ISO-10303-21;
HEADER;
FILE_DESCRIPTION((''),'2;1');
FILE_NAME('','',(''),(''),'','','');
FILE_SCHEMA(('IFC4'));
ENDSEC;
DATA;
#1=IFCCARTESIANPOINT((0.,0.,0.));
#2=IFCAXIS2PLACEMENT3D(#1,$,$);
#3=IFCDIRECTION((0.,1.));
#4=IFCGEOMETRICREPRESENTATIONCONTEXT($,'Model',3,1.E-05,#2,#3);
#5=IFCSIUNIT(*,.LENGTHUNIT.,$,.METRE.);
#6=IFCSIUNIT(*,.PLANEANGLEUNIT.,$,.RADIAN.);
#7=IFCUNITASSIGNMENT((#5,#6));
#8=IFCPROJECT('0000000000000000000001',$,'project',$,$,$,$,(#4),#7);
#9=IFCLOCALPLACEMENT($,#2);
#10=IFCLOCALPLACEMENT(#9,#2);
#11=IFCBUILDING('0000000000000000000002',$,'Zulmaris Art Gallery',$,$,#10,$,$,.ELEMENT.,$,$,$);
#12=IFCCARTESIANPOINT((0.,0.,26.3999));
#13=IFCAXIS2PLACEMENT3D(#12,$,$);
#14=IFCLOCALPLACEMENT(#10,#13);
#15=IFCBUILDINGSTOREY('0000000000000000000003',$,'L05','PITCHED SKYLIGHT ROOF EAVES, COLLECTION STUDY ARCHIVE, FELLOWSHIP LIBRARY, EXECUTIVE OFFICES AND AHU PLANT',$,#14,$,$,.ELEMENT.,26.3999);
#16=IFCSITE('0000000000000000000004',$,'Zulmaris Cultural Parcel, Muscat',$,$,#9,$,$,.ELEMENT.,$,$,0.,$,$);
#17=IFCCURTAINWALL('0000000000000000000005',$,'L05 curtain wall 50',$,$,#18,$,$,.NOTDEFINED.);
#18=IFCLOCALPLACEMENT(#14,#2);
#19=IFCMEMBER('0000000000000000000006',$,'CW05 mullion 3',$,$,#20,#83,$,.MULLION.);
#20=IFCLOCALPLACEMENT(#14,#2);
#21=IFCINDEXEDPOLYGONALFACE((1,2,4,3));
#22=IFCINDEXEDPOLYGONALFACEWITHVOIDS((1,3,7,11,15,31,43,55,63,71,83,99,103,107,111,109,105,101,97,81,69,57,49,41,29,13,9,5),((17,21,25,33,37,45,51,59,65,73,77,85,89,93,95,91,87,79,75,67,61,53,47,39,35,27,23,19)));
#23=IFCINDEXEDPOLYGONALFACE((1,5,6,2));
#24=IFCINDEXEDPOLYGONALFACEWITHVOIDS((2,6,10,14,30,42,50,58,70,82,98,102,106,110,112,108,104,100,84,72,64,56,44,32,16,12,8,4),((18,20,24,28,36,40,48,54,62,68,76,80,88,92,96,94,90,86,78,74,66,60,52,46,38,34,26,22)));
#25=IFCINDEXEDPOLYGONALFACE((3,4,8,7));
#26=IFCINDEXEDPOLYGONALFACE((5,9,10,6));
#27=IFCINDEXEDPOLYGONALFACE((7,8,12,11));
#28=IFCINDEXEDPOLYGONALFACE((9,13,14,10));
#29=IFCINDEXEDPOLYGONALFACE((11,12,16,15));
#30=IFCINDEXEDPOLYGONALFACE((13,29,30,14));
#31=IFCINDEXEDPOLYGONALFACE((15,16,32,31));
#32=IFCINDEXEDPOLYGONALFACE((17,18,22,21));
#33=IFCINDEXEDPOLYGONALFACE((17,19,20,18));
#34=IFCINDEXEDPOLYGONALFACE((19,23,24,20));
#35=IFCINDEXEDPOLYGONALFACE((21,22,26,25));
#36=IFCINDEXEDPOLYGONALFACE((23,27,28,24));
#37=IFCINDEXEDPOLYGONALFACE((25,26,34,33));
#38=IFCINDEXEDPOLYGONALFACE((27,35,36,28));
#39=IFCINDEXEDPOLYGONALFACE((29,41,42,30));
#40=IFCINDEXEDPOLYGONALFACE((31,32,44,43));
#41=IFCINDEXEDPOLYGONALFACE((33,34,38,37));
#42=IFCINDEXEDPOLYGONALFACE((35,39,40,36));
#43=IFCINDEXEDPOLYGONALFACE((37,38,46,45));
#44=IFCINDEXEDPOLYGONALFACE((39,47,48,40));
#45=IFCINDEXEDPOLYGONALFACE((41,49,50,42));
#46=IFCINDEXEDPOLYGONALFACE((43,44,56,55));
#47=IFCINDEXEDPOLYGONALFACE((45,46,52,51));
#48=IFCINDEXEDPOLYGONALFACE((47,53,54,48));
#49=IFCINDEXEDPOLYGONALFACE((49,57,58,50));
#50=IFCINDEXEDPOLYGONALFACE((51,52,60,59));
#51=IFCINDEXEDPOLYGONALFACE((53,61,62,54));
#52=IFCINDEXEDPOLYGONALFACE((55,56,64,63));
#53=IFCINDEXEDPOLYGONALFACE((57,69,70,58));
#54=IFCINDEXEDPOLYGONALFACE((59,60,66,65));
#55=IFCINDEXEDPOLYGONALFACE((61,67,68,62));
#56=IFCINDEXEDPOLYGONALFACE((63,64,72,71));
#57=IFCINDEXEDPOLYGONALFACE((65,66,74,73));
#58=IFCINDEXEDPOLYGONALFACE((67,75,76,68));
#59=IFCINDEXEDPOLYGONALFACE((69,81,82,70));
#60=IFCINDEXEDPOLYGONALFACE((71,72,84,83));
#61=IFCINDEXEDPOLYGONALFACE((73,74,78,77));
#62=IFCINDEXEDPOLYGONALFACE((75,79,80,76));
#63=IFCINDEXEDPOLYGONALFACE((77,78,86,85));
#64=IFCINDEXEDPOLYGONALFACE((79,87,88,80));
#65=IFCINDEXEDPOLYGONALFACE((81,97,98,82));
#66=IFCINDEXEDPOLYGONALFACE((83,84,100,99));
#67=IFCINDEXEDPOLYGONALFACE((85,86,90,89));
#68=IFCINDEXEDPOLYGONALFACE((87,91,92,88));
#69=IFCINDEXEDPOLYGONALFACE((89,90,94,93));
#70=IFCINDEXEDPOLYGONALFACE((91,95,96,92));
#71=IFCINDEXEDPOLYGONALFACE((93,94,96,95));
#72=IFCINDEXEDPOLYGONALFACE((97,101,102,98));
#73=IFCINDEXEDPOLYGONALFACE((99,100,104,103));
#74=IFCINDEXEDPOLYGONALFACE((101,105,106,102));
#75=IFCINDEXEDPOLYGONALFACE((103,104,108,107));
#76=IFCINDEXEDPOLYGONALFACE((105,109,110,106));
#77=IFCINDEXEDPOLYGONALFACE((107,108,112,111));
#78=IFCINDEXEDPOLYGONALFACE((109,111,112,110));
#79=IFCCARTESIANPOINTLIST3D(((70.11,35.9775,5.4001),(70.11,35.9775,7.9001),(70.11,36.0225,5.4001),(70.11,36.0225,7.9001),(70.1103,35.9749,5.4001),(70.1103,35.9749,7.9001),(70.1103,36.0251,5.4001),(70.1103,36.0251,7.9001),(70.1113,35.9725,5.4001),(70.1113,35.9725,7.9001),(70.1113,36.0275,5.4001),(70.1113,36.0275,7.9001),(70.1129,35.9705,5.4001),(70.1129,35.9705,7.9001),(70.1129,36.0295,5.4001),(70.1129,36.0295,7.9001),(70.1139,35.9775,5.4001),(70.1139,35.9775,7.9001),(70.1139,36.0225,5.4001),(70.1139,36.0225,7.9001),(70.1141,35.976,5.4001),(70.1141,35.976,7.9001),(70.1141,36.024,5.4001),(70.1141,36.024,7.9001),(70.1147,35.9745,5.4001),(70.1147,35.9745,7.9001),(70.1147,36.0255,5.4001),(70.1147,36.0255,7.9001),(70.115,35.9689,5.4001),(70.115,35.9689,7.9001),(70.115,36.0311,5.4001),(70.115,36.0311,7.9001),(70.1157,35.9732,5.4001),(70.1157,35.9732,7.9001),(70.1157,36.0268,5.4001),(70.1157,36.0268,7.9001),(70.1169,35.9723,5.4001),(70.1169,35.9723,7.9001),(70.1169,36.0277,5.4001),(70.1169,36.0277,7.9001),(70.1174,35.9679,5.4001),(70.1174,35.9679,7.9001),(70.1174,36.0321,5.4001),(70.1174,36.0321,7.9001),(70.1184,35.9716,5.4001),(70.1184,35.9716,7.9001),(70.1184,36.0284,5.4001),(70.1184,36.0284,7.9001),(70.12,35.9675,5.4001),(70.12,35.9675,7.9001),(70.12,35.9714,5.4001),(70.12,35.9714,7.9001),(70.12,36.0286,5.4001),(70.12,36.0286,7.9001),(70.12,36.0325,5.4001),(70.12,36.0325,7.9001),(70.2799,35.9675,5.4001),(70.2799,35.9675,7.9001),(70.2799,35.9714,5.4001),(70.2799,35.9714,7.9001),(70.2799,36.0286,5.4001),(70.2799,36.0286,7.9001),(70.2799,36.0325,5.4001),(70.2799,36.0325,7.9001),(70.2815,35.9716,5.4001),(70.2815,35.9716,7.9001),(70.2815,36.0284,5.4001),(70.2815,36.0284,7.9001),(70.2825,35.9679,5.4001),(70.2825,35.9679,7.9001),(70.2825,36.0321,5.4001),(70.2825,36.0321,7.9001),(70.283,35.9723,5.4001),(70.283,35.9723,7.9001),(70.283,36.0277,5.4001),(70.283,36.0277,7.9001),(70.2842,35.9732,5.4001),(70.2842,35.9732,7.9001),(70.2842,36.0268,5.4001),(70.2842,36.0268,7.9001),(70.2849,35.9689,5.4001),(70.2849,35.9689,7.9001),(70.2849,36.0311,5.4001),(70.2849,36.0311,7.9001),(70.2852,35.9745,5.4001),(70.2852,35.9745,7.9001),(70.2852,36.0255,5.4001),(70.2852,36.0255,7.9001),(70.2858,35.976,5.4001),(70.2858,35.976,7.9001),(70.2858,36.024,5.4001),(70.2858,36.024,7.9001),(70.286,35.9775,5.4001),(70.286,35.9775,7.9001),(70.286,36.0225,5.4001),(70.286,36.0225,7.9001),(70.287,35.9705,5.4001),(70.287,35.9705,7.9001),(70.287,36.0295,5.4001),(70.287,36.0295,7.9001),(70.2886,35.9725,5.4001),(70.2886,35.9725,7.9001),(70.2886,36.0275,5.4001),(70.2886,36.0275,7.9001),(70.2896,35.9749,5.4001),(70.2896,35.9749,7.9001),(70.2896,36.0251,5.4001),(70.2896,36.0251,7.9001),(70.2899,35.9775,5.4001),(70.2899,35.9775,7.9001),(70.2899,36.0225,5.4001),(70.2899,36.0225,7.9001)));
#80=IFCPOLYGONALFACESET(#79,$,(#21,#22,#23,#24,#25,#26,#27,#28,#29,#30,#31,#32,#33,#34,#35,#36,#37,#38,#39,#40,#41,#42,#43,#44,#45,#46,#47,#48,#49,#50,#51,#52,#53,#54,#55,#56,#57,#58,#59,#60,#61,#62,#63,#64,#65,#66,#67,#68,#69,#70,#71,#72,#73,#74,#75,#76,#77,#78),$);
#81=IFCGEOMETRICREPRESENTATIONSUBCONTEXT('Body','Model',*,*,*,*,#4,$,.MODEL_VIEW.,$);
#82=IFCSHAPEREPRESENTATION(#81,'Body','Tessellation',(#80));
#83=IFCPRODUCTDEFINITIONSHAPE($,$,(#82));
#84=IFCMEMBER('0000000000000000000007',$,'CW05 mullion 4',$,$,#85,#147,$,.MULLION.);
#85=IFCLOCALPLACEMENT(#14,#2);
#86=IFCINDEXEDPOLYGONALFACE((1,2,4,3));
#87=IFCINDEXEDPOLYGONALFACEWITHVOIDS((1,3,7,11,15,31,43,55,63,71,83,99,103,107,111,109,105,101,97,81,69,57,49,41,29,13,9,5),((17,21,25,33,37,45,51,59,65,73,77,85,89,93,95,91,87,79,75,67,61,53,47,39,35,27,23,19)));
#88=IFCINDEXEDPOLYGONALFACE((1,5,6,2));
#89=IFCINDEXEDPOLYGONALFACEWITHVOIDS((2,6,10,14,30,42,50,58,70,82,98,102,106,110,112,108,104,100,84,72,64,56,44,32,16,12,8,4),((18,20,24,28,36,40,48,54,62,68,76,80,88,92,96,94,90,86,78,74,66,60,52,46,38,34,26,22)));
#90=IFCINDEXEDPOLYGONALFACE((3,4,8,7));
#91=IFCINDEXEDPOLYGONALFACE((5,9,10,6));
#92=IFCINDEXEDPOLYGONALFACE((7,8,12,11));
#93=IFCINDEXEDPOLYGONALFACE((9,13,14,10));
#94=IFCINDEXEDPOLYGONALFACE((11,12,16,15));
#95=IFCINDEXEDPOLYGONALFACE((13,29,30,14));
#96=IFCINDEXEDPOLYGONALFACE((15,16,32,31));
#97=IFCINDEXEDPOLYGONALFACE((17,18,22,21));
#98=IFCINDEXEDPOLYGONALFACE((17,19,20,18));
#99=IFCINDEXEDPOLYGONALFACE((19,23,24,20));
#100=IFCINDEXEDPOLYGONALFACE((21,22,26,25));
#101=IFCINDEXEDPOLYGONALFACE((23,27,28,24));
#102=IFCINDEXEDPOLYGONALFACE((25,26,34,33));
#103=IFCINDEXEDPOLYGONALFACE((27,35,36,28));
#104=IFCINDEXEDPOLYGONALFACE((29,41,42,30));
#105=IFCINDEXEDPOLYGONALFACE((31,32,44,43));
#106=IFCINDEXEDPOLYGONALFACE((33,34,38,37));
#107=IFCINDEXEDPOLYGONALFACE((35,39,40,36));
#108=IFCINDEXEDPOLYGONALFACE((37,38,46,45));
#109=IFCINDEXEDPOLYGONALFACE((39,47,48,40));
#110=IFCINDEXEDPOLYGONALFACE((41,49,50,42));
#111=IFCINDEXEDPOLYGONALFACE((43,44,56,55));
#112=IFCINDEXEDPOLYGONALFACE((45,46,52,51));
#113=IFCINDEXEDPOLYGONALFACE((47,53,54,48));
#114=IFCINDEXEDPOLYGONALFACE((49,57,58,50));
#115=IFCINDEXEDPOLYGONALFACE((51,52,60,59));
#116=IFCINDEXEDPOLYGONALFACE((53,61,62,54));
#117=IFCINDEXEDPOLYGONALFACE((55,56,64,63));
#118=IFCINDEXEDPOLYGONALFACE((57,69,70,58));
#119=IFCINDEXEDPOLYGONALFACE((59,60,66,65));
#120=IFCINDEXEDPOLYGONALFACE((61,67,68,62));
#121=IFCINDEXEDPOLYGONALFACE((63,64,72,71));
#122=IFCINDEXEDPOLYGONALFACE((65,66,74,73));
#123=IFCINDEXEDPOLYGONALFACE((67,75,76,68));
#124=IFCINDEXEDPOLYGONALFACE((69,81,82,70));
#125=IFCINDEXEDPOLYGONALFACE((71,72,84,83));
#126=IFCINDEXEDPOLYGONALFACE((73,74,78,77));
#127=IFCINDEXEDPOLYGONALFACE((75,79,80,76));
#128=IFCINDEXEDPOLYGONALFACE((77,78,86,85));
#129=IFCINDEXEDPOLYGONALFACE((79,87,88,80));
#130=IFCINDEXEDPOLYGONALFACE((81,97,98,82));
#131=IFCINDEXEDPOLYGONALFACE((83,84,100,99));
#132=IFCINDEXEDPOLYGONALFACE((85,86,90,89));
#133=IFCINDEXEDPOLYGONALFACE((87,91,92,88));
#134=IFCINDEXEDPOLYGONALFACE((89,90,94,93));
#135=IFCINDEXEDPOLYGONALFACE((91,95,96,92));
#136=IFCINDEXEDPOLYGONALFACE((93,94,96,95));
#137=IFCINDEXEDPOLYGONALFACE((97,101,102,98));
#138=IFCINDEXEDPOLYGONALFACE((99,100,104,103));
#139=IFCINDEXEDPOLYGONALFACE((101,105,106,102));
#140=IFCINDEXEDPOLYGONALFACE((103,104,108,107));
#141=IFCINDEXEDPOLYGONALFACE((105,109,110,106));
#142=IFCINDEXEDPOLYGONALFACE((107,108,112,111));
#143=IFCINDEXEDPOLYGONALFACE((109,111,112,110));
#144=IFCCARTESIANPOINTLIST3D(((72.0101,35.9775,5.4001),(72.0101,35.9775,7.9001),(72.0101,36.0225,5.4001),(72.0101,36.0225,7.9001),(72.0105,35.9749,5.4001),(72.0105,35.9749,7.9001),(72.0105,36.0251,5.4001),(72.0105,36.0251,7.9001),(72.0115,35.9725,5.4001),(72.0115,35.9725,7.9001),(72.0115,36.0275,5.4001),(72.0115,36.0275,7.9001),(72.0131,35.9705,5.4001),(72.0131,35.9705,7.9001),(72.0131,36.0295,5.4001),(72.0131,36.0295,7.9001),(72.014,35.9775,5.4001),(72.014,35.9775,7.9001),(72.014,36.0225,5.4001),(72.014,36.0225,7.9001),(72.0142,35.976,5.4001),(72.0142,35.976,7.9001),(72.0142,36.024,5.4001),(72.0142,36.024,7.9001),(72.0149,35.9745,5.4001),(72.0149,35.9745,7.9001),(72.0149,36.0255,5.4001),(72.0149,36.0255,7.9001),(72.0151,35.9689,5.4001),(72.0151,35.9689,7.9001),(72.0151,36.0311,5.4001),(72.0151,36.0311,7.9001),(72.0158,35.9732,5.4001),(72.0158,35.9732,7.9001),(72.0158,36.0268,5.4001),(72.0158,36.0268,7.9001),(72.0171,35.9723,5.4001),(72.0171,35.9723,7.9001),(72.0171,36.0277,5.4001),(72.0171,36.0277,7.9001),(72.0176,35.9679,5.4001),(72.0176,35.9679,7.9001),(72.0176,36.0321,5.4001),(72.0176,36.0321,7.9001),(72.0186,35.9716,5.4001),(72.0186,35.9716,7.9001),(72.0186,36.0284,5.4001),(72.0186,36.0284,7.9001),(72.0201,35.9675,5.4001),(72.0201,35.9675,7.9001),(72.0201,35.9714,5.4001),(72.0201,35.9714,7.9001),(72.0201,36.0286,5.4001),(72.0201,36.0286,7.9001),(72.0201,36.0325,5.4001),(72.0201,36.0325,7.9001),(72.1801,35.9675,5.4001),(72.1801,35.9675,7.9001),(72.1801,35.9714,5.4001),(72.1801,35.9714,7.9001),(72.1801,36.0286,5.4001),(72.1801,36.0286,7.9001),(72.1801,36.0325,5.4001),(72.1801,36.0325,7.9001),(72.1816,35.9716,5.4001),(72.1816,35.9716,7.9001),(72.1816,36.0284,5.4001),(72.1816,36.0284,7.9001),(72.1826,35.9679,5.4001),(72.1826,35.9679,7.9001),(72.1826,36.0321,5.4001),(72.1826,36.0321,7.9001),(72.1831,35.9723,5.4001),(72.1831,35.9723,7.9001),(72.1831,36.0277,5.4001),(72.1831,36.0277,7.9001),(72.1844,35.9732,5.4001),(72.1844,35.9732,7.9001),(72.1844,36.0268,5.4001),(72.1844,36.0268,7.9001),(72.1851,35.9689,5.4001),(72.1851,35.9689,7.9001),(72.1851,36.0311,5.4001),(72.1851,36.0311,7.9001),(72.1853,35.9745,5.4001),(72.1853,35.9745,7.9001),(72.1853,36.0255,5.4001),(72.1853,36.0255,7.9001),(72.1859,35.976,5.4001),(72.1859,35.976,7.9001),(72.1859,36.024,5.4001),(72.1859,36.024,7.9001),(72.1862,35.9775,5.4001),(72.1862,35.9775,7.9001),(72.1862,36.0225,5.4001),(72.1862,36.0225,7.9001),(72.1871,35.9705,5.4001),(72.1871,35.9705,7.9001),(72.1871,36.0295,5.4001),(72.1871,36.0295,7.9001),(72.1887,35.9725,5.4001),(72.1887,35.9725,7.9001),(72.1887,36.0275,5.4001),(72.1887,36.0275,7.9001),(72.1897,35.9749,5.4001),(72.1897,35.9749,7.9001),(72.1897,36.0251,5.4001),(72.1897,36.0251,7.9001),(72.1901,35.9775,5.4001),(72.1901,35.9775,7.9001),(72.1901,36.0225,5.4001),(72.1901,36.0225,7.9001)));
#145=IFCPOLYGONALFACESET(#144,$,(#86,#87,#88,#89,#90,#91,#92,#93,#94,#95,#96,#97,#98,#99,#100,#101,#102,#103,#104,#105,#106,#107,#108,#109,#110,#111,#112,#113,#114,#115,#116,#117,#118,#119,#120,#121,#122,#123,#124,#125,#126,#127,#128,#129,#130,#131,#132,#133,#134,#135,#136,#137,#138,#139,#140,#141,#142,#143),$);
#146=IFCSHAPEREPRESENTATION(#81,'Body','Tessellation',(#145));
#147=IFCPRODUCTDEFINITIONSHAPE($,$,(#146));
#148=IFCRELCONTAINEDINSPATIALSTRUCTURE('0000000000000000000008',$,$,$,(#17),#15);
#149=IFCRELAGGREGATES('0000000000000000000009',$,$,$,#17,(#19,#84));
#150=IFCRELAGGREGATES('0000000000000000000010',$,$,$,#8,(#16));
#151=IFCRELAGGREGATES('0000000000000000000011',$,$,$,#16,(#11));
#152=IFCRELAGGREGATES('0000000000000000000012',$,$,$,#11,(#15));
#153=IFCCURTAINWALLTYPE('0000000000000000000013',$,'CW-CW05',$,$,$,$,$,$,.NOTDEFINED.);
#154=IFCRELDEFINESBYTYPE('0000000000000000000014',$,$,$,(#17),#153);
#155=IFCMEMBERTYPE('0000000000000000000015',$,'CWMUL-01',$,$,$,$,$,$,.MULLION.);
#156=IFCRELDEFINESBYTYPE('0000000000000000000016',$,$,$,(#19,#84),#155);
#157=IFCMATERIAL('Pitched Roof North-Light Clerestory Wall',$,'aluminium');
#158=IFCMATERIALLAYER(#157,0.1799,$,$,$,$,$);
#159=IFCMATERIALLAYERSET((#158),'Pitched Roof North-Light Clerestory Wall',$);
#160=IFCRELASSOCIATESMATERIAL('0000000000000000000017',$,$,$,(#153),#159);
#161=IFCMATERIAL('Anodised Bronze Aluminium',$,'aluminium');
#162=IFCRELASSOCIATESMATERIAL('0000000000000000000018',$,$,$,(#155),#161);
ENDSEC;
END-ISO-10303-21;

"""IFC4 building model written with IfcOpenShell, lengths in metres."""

from ifc_helpers import new_model, si_unit, direction, frame, origin, origin_2d, place, context, subcontext, project, spatial, hollow_rectangle, extrude, material, layer, layer_set, material_profile, profile_set, type_object, element, aggregate, save


model = new_model("IFC4")

# Units and contexts
model_context = context("Model", 3, precision=1e-05, world=origin(), true_north=direction((0.0, 1.0)))
body_context = subcontext(model_context, "Body", "Model", "MODEL_VIEW")
ifc_project = project(units=[si_unit("LENGTHUNIT", "METRE"), si_unit("PLANEANGLEUNIT", "RADIAN")], contexts=[model_context])

# Site, building, storey
site_placement = place(None, origin())
site = spatial("IfcSite", under=ifc_project, at=site_placement, Name="Zulmaris Cultural Parcel, Muscat", CompositionType="ELEMENT", RefElevation=0.0)
building_placement = place(site_placement, origin())
building = spatial("IfcBuilding", under=site, at=building_placement, Name="Zulmaris Art Gallery", CompositionType="ELEMENT")
storey_placement = place(building_placement, frame((0.0, 0.0, 26.3999)))
storey = spatial("IfcBuildingStorey", under=building, at=storey_placement, Name="L05", Description="PITCHED SKYLIGHT ROOF EAVES, COLLECTION STUDY ARCHIVE, FELLOWSHIP LIBRARY, EXECUTIVE OFFICES AND AHU PLANT", CompositionType="ELEMENT", Elevation=26.3999)

# Curtain wall, members
ifc_material_1 = material(Name="Pitched Roof North-Light Clerestory Wall", Category="aluminium")
ifc_layer_1 = layer(ifc_material_1, 0.1799)
ifc_layer_set_1 = layer_set([ifc_layer_1], Name="Pitched Roof North-Light Clerestory Wall")
curtain_wall_type = type_object("IfcCurtainWallType", Name="CW-CW05", PredefinedType="NOTDEFINED", material=ifc_layer_set_1)
curtain_wall_placement = place(storey_placement, origin())
curtain_wall = element("IfcCurtainWall", 1, at=curtain_wall_placement, inside=storey, type_object=curtain_wall_type, Name="L05 curtain wall 50", PredefinedType="NOTDEFINED")
ifc_material_2 = material(Name="Anodised Bronze Aluminium", Category="aluminium")
ifc_material_profile_1 = material_profile(ifc_material_2, hollow_rectangle(XDim=0.0649, YDim=0.1799, WallThickness=0.0039, InnerFilletRadius=0.0061, OuterFilletRadius=0.01, at=origin_2d()), Name="ALU 65x180x4")
ifc_profile_set_1 = profile_set([ifc_material_profile_1], Name="Anodised Bronze Aluminium")
member_type_1 = type_object("IfcMemberType", Name="CWMUL-01", PredefinedType="MULLION", material=ifc_profile_set_1)
member_1_placement = place(storey_placement, frame((70.2, 36.0, 5.4001), z_axis=(0.0, 0.0, 1.0), x_axis=(0.0, 1.0, 0.0)))
member_1 = element("IfcMember", 2, at=member_1_placement, type_object=member_type_1, Name="CW05 mullion 3", PredefinedType="MULLION", context=body_context, shape_type="SweptSolid", body=[
    extrude(hollow_rectangle(XDim=0.0649, YDim=0.1799, WallThickness=0.0039, InnerFilletRadius=0.0061, OuterFilletRadius=0.01, at=origin_2d()), origin(), (0.0, 0.0, 1.0), 2.5),
])
member_2_placement = place(storey_placement, frame((72.1001, 36.0, 5.4001), z_axis=(0.0, 0.0, 1.0), x_axis=(0.0, 1.0, 0.0)))
member_2 = element("IfcMember", 3, at=member_2_placement, type_object=member_type_1, Name="CW05 mullion 4", PredefinedType="MULLION", context=body_context, shape_type="SweptSolid", body=[
    extrude(hollow_rectangle(XDim=0.0649, YDim=0.1799, WallThickness=0.0039, InnerFilletRadius=0.0061, OuterFilletRadius=0.01, at=origin_2d()), origin(), (0.0, 0.0, 1.0), 2.5),
])

aggregate(curtain_wall, [member_1, member_2])

save(model, "model.ifc")
